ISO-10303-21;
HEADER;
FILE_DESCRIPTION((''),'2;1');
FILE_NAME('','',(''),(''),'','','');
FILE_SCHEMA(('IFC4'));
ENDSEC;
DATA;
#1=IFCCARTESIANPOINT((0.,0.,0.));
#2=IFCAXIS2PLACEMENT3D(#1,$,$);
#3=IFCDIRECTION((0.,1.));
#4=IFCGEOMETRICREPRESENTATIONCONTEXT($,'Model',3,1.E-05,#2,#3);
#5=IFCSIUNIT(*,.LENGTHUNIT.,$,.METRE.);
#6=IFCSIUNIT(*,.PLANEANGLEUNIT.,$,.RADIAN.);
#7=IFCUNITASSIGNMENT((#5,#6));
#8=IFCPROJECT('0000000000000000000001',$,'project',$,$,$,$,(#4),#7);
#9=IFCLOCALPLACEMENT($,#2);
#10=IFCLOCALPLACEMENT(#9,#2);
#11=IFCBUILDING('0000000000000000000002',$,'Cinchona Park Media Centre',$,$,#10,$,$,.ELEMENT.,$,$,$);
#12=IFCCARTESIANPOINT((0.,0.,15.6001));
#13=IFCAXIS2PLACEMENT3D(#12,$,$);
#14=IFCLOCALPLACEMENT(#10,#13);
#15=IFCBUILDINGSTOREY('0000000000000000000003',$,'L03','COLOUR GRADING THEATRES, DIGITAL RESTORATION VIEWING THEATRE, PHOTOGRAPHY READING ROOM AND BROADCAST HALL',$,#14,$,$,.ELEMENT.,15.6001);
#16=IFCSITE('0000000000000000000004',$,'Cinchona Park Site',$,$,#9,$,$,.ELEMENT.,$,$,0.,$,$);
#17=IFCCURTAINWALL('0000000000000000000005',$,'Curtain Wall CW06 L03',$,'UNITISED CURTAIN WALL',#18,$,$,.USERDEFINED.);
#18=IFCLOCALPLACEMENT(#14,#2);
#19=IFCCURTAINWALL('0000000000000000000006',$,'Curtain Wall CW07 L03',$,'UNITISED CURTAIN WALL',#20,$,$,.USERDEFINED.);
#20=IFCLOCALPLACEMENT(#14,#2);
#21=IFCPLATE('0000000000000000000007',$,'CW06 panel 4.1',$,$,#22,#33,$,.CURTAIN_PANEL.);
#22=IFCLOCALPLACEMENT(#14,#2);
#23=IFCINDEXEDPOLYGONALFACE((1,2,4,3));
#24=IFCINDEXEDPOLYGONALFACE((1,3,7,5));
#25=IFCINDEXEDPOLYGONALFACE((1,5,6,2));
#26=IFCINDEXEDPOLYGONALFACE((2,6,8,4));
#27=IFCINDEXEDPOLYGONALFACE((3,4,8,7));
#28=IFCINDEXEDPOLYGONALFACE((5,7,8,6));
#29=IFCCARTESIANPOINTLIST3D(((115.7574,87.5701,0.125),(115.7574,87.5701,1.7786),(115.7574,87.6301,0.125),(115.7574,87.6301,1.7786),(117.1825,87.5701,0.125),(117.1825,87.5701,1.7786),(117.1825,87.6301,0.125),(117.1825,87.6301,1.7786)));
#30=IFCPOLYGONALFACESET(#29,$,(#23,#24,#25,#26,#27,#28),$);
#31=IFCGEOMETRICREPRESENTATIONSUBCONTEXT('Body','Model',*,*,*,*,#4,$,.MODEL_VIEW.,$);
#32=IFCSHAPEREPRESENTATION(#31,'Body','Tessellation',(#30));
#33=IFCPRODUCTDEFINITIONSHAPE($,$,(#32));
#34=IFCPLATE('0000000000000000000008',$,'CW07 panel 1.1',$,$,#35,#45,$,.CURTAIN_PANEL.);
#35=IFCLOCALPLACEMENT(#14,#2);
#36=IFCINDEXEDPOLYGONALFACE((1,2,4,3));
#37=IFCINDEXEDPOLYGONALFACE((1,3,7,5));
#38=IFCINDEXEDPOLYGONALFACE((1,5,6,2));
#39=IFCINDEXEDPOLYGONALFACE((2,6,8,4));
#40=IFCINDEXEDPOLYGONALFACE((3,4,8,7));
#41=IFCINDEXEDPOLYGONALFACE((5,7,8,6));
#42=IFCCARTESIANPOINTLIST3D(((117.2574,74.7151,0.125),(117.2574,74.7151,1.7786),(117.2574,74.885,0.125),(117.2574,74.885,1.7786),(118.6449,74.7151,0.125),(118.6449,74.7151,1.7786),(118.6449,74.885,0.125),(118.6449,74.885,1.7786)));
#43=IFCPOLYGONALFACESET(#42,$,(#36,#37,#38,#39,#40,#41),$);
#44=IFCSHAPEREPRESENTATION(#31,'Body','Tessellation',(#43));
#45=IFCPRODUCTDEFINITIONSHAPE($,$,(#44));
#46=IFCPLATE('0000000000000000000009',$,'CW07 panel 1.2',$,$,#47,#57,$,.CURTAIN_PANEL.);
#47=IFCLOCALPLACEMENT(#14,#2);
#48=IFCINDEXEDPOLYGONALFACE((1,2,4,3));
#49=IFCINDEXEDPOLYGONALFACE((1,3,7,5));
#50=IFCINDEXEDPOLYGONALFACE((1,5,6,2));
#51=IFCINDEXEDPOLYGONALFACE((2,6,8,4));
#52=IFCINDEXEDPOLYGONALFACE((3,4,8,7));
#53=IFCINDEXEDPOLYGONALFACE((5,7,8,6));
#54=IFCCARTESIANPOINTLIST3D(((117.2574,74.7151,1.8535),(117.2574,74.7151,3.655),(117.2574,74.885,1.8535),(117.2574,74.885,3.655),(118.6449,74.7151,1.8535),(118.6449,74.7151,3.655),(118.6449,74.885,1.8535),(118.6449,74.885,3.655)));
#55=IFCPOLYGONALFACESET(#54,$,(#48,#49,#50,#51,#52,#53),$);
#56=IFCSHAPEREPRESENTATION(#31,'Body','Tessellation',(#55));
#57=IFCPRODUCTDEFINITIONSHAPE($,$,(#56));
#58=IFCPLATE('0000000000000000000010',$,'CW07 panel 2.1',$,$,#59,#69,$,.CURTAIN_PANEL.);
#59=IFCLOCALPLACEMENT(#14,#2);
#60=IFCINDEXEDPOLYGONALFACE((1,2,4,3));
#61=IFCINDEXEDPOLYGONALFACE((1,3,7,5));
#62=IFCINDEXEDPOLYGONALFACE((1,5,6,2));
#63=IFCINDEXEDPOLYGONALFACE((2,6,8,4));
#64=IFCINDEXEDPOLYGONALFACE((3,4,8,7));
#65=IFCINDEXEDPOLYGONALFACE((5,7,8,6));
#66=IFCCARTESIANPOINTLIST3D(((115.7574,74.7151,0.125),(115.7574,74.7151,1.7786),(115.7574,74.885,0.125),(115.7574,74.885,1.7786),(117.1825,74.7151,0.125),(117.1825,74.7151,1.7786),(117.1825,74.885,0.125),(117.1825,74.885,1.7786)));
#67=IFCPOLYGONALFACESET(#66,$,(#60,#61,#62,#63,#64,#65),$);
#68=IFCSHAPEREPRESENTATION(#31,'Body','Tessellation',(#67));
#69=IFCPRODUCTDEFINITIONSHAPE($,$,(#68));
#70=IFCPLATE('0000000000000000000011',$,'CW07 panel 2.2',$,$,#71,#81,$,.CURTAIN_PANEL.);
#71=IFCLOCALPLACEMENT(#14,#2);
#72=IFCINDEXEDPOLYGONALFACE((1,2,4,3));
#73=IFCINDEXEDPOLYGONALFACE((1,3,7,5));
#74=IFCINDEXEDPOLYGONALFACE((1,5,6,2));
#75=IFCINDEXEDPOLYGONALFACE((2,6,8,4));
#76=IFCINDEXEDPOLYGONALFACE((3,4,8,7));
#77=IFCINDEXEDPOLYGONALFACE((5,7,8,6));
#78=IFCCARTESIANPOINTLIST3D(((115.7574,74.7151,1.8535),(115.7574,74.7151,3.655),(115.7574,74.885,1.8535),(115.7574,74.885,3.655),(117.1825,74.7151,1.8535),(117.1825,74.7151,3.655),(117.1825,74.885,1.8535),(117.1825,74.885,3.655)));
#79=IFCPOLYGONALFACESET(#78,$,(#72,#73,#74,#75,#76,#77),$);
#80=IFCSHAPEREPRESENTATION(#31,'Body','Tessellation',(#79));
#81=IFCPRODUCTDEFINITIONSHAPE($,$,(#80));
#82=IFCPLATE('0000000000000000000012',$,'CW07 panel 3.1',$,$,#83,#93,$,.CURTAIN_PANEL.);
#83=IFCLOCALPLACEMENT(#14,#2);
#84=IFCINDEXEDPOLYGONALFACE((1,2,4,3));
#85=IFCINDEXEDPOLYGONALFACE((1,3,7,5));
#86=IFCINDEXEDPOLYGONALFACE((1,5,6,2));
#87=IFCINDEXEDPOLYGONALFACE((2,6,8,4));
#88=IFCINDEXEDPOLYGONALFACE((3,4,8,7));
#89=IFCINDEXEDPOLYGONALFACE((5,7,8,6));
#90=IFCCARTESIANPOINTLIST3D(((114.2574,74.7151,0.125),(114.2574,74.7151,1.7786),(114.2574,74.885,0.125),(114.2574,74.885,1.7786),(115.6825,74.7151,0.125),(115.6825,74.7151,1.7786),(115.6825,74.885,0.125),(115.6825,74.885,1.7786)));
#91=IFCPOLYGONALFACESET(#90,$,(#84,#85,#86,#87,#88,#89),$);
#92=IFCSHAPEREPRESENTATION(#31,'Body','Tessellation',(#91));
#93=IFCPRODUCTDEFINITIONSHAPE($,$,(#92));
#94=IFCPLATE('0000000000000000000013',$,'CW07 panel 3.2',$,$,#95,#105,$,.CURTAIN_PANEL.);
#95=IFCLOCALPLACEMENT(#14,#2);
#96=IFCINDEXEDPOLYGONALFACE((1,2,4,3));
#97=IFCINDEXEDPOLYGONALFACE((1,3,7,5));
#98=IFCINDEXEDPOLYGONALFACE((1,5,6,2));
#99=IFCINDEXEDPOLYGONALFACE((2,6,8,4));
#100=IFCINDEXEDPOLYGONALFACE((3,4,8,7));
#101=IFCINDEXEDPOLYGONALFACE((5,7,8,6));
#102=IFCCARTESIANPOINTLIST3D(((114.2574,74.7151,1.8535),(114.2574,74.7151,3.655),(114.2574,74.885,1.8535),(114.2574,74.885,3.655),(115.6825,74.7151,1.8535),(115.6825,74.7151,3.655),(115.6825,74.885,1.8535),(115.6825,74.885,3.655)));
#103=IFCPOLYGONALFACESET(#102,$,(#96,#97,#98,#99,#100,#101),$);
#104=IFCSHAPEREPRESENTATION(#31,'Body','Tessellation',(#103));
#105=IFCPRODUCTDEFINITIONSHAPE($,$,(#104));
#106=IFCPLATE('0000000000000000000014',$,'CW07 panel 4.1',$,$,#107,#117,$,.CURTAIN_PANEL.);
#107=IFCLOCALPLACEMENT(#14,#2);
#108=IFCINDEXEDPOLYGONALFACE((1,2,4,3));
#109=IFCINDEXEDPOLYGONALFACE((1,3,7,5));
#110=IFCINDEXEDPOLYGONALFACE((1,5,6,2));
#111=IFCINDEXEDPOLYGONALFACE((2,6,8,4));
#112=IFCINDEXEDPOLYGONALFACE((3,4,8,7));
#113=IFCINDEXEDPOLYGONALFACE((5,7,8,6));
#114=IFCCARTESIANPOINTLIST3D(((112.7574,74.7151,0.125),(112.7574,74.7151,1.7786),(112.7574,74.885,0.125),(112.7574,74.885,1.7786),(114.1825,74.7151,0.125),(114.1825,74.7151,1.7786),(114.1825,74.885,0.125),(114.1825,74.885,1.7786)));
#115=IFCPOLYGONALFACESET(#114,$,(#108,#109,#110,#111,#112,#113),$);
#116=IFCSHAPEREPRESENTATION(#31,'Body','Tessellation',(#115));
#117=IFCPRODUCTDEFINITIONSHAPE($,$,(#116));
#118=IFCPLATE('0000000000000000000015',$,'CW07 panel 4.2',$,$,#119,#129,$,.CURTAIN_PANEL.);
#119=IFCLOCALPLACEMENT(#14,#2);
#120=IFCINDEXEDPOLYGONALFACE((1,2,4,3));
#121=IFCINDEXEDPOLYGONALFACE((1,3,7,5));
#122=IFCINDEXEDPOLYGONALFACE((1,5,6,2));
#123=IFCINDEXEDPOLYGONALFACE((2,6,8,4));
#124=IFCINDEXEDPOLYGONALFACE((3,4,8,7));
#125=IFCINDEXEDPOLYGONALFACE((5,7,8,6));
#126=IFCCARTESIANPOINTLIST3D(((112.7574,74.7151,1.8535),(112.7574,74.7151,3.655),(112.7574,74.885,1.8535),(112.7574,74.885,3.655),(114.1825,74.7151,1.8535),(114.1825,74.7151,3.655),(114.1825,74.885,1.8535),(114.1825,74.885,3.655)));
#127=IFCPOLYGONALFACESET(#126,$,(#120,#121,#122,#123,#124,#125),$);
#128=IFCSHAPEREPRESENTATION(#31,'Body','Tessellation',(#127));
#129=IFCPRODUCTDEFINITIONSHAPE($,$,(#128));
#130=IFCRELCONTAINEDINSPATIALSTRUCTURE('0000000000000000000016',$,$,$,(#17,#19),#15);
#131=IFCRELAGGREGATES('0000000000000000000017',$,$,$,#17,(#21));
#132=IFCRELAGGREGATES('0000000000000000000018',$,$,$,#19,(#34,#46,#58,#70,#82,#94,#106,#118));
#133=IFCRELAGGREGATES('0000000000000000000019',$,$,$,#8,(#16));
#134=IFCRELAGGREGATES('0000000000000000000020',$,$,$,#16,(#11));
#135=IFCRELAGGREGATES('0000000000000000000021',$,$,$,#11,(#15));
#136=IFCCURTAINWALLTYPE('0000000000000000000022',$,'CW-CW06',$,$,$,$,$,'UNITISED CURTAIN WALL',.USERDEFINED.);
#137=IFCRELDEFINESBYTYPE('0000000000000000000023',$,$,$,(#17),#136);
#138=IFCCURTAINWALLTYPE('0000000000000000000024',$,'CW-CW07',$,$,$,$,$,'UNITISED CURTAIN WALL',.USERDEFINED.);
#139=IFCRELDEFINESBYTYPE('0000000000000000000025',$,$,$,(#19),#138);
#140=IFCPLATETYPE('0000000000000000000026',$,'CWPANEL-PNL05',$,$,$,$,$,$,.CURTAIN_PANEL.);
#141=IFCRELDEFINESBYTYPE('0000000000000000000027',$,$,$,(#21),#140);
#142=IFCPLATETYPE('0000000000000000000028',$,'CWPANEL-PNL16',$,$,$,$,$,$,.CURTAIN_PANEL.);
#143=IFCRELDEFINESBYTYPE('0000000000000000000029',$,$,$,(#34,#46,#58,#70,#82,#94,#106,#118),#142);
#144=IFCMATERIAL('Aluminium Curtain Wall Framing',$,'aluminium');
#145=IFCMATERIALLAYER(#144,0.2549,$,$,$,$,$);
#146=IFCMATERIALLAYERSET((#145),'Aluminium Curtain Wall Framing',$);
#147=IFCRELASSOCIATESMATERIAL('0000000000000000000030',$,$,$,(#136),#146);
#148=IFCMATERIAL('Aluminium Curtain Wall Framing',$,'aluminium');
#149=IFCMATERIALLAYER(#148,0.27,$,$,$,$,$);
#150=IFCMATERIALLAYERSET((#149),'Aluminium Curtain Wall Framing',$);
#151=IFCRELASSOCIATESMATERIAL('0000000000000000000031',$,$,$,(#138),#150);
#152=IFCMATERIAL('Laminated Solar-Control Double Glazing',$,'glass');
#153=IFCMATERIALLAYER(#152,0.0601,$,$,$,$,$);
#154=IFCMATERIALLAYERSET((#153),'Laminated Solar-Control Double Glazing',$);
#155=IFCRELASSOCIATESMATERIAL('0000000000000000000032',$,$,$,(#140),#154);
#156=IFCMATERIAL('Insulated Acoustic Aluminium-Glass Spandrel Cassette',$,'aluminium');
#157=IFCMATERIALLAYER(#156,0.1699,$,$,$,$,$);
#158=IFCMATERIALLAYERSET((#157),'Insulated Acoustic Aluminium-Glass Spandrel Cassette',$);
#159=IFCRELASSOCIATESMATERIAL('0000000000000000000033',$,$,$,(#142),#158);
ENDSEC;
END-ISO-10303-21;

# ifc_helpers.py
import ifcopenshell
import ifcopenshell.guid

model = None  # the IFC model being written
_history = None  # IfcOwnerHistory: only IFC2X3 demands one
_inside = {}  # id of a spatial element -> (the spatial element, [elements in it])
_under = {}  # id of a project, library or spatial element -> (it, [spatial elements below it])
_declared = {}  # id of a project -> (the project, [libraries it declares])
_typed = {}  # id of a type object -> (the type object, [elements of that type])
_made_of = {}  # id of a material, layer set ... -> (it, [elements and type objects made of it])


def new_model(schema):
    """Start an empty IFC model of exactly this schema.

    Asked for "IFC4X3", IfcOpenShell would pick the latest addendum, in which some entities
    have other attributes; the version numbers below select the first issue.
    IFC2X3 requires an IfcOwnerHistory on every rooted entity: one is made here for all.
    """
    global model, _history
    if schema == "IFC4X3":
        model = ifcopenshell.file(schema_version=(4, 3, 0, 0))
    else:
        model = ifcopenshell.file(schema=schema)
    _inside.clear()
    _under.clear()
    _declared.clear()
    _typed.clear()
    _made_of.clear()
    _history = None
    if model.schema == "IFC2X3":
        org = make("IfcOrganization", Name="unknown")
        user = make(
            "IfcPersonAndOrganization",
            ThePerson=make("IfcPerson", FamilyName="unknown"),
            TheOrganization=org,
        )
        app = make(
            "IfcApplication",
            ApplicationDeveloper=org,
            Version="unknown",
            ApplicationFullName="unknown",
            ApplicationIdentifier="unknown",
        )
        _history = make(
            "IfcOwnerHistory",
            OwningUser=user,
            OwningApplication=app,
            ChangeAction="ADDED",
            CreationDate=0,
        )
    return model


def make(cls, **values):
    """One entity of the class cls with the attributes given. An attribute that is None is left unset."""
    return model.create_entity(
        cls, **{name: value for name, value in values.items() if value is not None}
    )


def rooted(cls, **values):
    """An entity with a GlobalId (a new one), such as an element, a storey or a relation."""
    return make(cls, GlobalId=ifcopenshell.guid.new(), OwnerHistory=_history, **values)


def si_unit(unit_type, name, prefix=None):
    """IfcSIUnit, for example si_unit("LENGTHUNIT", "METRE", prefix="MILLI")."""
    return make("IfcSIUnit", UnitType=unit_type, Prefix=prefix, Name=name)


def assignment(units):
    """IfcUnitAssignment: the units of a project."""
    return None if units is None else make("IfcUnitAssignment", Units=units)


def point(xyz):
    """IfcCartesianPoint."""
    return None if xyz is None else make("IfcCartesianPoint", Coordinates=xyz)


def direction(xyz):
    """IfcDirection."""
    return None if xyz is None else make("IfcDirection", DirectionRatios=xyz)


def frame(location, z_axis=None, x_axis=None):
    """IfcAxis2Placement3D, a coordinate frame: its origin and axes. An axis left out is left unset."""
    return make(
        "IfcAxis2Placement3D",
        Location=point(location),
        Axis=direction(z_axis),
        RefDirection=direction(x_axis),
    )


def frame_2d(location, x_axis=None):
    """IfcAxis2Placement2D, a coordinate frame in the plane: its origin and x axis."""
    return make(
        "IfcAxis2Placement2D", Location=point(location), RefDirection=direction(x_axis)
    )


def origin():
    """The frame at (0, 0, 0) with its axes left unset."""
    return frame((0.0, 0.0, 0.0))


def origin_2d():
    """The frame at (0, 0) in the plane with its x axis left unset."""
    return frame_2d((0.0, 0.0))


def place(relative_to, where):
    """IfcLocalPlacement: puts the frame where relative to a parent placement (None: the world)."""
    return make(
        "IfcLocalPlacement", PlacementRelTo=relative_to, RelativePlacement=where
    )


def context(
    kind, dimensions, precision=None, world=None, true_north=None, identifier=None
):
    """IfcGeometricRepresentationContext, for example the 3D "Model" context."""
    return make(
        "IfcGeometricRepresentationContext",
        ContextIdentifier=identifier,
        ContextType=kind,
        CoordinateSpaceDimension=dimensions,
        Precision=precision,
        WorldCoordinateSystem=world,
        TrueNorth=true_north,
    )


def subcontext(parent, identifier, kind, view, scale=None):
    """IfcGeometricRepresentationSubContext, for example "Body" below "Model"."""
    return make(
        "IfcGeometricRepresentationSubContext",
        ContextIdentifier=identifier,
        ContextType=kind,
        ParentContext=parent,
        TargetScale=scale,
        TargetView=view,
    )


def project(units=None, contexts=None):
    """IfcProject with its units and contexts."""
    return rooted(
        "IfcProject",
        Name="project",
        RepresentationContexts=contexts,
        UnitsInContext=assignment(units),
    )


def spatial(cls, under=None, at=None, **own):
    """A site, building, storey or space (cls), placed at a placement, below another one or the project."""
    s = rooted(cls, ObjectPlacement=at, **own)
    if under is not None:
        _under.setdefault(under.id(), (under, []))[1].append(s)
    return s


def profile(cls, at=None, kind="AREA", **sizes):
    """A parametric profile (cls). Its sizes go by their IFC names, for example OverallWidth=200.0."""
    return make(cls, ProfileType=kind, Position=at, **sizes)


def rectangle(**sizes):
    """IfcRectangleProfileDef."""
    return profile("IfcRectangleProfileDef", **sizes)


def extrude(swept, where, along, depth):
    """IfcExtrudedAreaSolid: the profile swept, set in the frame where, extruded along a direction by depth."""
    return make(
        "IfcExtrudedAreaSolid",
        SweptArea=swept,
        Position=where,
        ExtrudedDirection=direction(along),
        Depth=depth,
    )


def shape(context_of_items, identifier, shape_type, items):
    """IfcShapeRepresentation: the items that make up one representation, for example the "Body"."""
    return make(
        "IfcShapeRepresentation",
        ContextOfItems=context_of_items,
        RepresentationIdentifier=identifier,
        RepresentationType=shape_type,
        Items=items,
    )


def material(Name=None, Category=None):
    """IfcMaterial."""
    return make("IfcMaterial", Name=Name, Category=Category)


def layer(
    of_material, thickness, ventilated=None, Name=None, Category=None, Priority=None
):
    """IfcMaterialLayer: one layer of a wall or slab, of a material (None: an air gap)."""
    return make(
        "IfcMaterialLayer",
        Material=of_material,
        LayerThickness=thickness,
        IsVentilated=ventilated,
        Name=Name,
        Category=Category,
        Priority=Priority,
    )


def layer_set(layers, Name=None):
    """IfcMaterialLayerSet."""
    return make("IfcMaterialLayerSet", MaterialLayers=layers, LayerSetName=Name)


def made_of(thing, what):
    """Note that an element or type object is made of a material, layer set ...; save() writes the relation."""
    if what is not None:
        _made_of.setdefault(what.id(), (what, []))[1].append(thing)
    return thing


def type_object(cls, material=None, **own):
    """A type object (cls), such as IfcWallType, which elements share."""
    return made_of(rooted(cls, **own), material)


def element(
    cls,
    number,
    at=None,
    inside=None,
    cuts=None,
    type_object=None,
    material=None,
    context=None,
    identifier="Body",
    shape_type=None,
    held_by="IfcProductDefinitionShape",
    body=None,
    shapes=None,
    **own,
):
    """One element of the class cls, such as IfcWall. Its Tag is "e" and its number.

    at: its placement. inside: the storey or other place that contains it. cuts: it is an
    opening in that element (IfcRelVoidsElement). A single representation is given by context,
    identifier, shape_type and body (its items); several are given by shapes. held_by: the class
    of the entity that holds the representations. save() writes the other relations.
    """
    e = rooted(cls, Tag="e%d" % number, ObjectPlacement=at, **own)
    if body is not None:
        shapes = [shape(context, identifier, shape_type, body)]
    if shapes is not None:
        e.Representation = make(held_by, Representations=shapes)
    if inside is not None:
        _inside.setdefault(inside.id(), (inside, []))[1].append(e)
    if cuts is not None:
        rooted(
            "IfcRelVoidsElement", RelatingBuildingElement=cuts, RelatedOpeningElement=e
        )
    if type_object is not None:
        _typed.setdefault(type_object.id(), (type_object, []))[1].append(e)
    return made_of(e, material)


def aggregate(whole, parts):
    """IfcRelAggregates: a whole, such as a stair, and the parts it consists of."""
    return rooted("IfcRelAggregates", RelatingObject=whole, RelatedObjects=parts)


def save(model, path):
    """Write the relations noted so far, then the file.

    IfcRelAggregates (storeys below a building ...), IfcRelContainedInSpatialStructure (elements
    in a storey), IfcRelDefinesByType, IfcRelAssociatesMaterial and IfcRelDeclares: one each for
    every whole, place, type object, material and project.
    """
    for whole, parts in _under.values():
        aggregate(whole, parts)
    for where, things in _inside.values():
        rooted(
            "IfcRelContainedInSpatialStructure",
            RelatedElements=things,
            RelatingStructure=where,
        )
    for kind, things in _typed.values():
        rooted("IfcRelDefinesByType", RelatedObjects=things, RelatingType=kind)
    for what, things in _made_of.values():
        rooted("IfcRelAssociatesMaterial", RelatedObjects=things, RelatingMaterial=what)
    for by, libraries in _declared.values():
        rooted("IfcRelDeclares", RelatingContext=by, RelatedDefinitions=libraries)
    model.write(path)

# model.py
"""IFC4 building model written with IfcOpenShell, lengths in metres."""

from ifc_helpers import new_model, si_unit, direction, frame, origin, origin_2d, place, context, subcontext, project, spatial, rectangle, extrude, material, layer, layer_set, type_object, element, aggregate, save


model = new_model("IFC4")

# Units and contexts
model_context = context("Model", 3, precision=1e-05, world=origin(), true_north=direction((0.0, 1.0)))
body_context = subcontext(model_context, "Body", "Model", "MODEL_VIEW")
ifc_project = project(units=[si_unit("LENGTHUNIT", "METRE"), si_unit("PLANEANGLEUNIT", "RADIAN")], contexts=[model_context])

# Site, building, storey
site_placement = place(None, origin())
site = spatial("IfcSite", under=ifc_project, at=site_placement, Name="Cinchona Park Site", CompositionType="ELEMENT", RefElevation=0.0)
building_placement = place(site_placement, origin())
building = spatial("IfcBuilding", under=site, at=building_placement, Name="Cinchona Park Media Centre", CompositionType="ELEMENT")
storey_placement = place(building_placement, frame((0.0, 0.0, 15.6001)))
storey = spatial("IfcBuildingStorey", under=building, at=storey_placement, Name="L03", Description="COLOUR GRADING THEATRES, DIGITAL RESTORATION VIEWING THEATRE, PHOTOGRAPHY READING ROOM AND BROADCAST HALL", CompositionType="ELEMENT", Elevation=15.6001)

# Curtain walls
ifc_material_1 = material(Name="Aluminium Curtain Wall Framing", Category="aluminium")
ifc_layer_1 = layer(ifc_material_1, 0.2549)
ifc_layer_set_1 = layer_set([ifc_layer_1], Name="Aluminium Curtain Wall Framing")
curtain_wall_type_1 = type_object("IfcCurtainWallType", Name="CW-CW06", ElementType="UNITISED CURTAIN WALL", PredefinedType="USERDEFINED", material=ifc_layer_set_1)
curtain_wall_1_placement = place(storey_placement, origin())
curtain_wall_1 = element("IfcCurtainWall", 1, at=curtain_wall_1_placement, inside=storey, type_object=curtain_wall_type_1, Name="Curtain Wall CW06 L03", ObjectType="UNITISED CURTAIN WALL", PredefinedType="USERDEFINED")
ifc_material_2 = material(Name="Aluminium Curtain Wall Framing", Category="aluminium")
ifc_layer_2 = layer(ifc_material_2, 0.27)
ifc_layer_set_2 = layer_set([ifc_layer_2], Name="Aluminium Curtain Wall Framing")
curtain_wall_type_2 = type_object("IfcCurtainWallType", Name="CW-CW07", ElementType="UNITISED CURTAIN WALL", PredefinedType="USERDEFINED", material=ifc_layer_set_2)
curtain_wall_2_placement = place(storey_placement, origin())
curtain_wall_2 = element("IfcCurtainWall", 2, at=curtain_wall_2_placement, inside=storey, type_object=curtain_wall_type_2, Name="Curtain Wall CW07 L03", ObjectType="UNITISED CURTAIN WALL", PredefinedType="USERDEFINED")

# Plates
ifc_material_3 = material(Name="Laminated Solar-Control Double Glazing", Category="glass")
ifc_layer_3 = layer(ifc_material_3, 0.0601)
ifc_layer_set_3 = layer_set([ifc_layer_3], Name="Laminated Solar-Control Double Glazing")
plate_type_1 = type_object("IfcPlateType", Name="CWPANEL-PNL05", PredefinedType="CURTAIN_PANEL", material=ifc_layer_set_3)
plate_1_placement = place(storey_placement, frame((116.47, 87.6001, 0.125), z_axis=(0.0, 0.0, 1.0), x_axis=(1.0, 0.0, 0.0)))
plate_1 = element("IfcPlate", 3, at=plate_1_placement, type_object=plate_type_1, Name="CW06 panel 4.1", PredefinedType="CURTAIN_PANEL", context=body_context, shape_type="SweptSolid", body=[
    extrude(rectangle(XDim=1.425, YDim=0.0601, at=origin_2d()), origin(), (0.0, 0.0, 1.0), 1.6536),
])
aggregate(curtain_wall_1, [plate_1])
ifc_material_4 = material(Name="Insulated Acoustic Aluminium-Glass Spandrel Cassette", Category="aluminium")
ifc_layer_4 = layer(ifc_material_4, 0.1699)
ifc_layer_set_4 = layer_set([ifc_layer_4], Name="Insulated Acoustic Aluminium-Glass Spandrel Cassette")
plate_type_2 = type_object("IfcPlateType", Name="CWPANEL-PNL16", PredefinedType="CURTAIN_PANEL", material=ifc_layer_set_4)
plate_2_placement = place(storey_placement, frame((117.9512, 74.8, 0.125), z_axis=(0.0, 0.0, 1.0), x_axis=(-1.0, 0.0, 0.0)))
plate_2 = element("IfcPlate", 4, at=plate_2_placement, type_object=plate_type_2, Name="CW07 panel 1.1", PredefinedType="CURTAIN_PANEL", context=body_context, shape_type="SweptSolid", body=[
    extrude(rectangle(XDim=1.3875, YDim=0.1699, at=origin_2d()), origin(), (0.0, 0.0, 1.0), 1.6536),
])
plate_3_placement = place(storey_placement, frame((117.9512, 74.8, 1.8535), z_axis=(0.0, 0.0, 1.0), x_axis=(-1.0, 0.0, 0.0)))
plate_3 = element("IfcPlate", 5, at=plate_3_placement, type_object=plate_type_2, Name="CW07 panel 1.2", PredefinedType="CURTAIN_PANEL", context=body_context, shape_type="SweptSolid", body=[
    extrude(rectangle(XDim=1.3875, YDim=0.1699, at=origin_2d()), origin(), (0.0, 0.0, 1.0), 1.8015),
])
plate_4_placement = place(storey_placement, frame((116.47, 74.8, 0.125), z_axis=(0.0, 0.0, 1.0), x_axis=(-1.0, 0.0, 0.0)))
plate_4 = element("IfcPlate", 6, at=plate_4_placement, type_object=plate_type_2, Name="CW07 panel 2.1", PredefinedType="CURTAIN_PANEL", context=body_context, shape_type="SweptSolid", body=[
    extrude(rectangle(XDim=1.425, YDim=0.1699, at=origin_2d()), origin(), (0.0, 0.0, 1.0), 1.6536),
])
plate_5_placement = place(storey_placement, frame((116.47, 74.8, 1.8535), z_axis=(0.0, 0.0, 1.0), x_axis=(-1.0, 0.0, 0.0)))
plate_5 = element("IfcPlate", 7, at=plate_5_placement, type_object=plate_type_2, Name="CW07 panel 2.2", PredefinedType="CURTAIN_PANEL", context=body_context, shape_type="SweptSolid", body=[
    extrude(rectangle(XDim=1.425, YDim=0.1699, at=origin_2d()), origin(), (0.0, 0.0, 1.0), 1.8015),
])
plate_6_placement = place(storey_placement, frame((114.97, 74.8, 0.125), z_axis=(0.0, 0.0, 1.0), x_axis=(-1.0, 0.0, 0.0)))
plate_6 = element("IfcPlate", 8, at=plate_6_placement, type_object=plate_type_2, Name="CW07 panel 3.1", PredefinedType="CURTAIN_PANEL", context=body_context, shape_type="SweptSolid", body=[
    extrude(rectangle(XDim=1.425, YDim=0.1699, at=origin_2d()), origin(), (0.0, 0.0, 1.0), 1.6536),
])
plate_7_placement = place(storey_placement, frame((114.97, 74.8, 1.8535), z_axis=(0.0, 0.0, 1.0), x_axis=(-1.0, 0.0, 0.0)))
plate_7 = element("IfcPlate", 9, at=plate_7_placement, type_object=plate_type_2, Name="CW07 panel 3.2", PredefinedType="CURTAIN_PANEL", context=body_context, shape_type="SweptSolid", body=[
    extrude(rectangle(XDim=1.425, YDim=0.1699, at=origin_2d()), origin(), (0.0, 0.0, 1.0), 1.8015),
])
plate_8_placement = place(storey_placement, frame((113.47, 74.8, 0.125), z_axis=(0.0, 0.0, 1.0), x_axis=(-1.0, 0.0, 0.0)))
plate_8 = element("IfcPlate", 10, at=plate_8_placement, type_object=plate_type_2, Name="CW07 panel 4.1", PredefinedType="CURTAIN_PANEL", context=body_context, shape_type="SweptSolid", body=[
    extrude(rectangle(XDim=1.425, YDim=0.1699, at=origin_2d()), origin(), (0.0, 0.0, 1.0), 1.6536),
])
plate_9_placement = place(storey_placement, frame((113.47, 74.8, 1.8535), z_axis=(0.0, 0.0, 1.0), x_axis=(-1.0, 0.0, 0.0)))
plate_9 = element("IfcPlate", 11, at=plate_9_placement, type_object=plate_type_2, Name="CW07 panel 4.2", PredefinedType="CURTAIN_PANEL", context=body_context, shape_type="SweptSolid", body=[
    extrude(rectangle(XDim=1.425, YDim=0.1699, at=origin_2d()), origin(), (0.0, 0.0, 1.0), 1.8015),
])
aggregate(curtain_wall_2, [plate_2, plate_3, plate_4, plate_5, plate_6, plate_7, plate_8, plate_9])

save(model, "model.ifc")
